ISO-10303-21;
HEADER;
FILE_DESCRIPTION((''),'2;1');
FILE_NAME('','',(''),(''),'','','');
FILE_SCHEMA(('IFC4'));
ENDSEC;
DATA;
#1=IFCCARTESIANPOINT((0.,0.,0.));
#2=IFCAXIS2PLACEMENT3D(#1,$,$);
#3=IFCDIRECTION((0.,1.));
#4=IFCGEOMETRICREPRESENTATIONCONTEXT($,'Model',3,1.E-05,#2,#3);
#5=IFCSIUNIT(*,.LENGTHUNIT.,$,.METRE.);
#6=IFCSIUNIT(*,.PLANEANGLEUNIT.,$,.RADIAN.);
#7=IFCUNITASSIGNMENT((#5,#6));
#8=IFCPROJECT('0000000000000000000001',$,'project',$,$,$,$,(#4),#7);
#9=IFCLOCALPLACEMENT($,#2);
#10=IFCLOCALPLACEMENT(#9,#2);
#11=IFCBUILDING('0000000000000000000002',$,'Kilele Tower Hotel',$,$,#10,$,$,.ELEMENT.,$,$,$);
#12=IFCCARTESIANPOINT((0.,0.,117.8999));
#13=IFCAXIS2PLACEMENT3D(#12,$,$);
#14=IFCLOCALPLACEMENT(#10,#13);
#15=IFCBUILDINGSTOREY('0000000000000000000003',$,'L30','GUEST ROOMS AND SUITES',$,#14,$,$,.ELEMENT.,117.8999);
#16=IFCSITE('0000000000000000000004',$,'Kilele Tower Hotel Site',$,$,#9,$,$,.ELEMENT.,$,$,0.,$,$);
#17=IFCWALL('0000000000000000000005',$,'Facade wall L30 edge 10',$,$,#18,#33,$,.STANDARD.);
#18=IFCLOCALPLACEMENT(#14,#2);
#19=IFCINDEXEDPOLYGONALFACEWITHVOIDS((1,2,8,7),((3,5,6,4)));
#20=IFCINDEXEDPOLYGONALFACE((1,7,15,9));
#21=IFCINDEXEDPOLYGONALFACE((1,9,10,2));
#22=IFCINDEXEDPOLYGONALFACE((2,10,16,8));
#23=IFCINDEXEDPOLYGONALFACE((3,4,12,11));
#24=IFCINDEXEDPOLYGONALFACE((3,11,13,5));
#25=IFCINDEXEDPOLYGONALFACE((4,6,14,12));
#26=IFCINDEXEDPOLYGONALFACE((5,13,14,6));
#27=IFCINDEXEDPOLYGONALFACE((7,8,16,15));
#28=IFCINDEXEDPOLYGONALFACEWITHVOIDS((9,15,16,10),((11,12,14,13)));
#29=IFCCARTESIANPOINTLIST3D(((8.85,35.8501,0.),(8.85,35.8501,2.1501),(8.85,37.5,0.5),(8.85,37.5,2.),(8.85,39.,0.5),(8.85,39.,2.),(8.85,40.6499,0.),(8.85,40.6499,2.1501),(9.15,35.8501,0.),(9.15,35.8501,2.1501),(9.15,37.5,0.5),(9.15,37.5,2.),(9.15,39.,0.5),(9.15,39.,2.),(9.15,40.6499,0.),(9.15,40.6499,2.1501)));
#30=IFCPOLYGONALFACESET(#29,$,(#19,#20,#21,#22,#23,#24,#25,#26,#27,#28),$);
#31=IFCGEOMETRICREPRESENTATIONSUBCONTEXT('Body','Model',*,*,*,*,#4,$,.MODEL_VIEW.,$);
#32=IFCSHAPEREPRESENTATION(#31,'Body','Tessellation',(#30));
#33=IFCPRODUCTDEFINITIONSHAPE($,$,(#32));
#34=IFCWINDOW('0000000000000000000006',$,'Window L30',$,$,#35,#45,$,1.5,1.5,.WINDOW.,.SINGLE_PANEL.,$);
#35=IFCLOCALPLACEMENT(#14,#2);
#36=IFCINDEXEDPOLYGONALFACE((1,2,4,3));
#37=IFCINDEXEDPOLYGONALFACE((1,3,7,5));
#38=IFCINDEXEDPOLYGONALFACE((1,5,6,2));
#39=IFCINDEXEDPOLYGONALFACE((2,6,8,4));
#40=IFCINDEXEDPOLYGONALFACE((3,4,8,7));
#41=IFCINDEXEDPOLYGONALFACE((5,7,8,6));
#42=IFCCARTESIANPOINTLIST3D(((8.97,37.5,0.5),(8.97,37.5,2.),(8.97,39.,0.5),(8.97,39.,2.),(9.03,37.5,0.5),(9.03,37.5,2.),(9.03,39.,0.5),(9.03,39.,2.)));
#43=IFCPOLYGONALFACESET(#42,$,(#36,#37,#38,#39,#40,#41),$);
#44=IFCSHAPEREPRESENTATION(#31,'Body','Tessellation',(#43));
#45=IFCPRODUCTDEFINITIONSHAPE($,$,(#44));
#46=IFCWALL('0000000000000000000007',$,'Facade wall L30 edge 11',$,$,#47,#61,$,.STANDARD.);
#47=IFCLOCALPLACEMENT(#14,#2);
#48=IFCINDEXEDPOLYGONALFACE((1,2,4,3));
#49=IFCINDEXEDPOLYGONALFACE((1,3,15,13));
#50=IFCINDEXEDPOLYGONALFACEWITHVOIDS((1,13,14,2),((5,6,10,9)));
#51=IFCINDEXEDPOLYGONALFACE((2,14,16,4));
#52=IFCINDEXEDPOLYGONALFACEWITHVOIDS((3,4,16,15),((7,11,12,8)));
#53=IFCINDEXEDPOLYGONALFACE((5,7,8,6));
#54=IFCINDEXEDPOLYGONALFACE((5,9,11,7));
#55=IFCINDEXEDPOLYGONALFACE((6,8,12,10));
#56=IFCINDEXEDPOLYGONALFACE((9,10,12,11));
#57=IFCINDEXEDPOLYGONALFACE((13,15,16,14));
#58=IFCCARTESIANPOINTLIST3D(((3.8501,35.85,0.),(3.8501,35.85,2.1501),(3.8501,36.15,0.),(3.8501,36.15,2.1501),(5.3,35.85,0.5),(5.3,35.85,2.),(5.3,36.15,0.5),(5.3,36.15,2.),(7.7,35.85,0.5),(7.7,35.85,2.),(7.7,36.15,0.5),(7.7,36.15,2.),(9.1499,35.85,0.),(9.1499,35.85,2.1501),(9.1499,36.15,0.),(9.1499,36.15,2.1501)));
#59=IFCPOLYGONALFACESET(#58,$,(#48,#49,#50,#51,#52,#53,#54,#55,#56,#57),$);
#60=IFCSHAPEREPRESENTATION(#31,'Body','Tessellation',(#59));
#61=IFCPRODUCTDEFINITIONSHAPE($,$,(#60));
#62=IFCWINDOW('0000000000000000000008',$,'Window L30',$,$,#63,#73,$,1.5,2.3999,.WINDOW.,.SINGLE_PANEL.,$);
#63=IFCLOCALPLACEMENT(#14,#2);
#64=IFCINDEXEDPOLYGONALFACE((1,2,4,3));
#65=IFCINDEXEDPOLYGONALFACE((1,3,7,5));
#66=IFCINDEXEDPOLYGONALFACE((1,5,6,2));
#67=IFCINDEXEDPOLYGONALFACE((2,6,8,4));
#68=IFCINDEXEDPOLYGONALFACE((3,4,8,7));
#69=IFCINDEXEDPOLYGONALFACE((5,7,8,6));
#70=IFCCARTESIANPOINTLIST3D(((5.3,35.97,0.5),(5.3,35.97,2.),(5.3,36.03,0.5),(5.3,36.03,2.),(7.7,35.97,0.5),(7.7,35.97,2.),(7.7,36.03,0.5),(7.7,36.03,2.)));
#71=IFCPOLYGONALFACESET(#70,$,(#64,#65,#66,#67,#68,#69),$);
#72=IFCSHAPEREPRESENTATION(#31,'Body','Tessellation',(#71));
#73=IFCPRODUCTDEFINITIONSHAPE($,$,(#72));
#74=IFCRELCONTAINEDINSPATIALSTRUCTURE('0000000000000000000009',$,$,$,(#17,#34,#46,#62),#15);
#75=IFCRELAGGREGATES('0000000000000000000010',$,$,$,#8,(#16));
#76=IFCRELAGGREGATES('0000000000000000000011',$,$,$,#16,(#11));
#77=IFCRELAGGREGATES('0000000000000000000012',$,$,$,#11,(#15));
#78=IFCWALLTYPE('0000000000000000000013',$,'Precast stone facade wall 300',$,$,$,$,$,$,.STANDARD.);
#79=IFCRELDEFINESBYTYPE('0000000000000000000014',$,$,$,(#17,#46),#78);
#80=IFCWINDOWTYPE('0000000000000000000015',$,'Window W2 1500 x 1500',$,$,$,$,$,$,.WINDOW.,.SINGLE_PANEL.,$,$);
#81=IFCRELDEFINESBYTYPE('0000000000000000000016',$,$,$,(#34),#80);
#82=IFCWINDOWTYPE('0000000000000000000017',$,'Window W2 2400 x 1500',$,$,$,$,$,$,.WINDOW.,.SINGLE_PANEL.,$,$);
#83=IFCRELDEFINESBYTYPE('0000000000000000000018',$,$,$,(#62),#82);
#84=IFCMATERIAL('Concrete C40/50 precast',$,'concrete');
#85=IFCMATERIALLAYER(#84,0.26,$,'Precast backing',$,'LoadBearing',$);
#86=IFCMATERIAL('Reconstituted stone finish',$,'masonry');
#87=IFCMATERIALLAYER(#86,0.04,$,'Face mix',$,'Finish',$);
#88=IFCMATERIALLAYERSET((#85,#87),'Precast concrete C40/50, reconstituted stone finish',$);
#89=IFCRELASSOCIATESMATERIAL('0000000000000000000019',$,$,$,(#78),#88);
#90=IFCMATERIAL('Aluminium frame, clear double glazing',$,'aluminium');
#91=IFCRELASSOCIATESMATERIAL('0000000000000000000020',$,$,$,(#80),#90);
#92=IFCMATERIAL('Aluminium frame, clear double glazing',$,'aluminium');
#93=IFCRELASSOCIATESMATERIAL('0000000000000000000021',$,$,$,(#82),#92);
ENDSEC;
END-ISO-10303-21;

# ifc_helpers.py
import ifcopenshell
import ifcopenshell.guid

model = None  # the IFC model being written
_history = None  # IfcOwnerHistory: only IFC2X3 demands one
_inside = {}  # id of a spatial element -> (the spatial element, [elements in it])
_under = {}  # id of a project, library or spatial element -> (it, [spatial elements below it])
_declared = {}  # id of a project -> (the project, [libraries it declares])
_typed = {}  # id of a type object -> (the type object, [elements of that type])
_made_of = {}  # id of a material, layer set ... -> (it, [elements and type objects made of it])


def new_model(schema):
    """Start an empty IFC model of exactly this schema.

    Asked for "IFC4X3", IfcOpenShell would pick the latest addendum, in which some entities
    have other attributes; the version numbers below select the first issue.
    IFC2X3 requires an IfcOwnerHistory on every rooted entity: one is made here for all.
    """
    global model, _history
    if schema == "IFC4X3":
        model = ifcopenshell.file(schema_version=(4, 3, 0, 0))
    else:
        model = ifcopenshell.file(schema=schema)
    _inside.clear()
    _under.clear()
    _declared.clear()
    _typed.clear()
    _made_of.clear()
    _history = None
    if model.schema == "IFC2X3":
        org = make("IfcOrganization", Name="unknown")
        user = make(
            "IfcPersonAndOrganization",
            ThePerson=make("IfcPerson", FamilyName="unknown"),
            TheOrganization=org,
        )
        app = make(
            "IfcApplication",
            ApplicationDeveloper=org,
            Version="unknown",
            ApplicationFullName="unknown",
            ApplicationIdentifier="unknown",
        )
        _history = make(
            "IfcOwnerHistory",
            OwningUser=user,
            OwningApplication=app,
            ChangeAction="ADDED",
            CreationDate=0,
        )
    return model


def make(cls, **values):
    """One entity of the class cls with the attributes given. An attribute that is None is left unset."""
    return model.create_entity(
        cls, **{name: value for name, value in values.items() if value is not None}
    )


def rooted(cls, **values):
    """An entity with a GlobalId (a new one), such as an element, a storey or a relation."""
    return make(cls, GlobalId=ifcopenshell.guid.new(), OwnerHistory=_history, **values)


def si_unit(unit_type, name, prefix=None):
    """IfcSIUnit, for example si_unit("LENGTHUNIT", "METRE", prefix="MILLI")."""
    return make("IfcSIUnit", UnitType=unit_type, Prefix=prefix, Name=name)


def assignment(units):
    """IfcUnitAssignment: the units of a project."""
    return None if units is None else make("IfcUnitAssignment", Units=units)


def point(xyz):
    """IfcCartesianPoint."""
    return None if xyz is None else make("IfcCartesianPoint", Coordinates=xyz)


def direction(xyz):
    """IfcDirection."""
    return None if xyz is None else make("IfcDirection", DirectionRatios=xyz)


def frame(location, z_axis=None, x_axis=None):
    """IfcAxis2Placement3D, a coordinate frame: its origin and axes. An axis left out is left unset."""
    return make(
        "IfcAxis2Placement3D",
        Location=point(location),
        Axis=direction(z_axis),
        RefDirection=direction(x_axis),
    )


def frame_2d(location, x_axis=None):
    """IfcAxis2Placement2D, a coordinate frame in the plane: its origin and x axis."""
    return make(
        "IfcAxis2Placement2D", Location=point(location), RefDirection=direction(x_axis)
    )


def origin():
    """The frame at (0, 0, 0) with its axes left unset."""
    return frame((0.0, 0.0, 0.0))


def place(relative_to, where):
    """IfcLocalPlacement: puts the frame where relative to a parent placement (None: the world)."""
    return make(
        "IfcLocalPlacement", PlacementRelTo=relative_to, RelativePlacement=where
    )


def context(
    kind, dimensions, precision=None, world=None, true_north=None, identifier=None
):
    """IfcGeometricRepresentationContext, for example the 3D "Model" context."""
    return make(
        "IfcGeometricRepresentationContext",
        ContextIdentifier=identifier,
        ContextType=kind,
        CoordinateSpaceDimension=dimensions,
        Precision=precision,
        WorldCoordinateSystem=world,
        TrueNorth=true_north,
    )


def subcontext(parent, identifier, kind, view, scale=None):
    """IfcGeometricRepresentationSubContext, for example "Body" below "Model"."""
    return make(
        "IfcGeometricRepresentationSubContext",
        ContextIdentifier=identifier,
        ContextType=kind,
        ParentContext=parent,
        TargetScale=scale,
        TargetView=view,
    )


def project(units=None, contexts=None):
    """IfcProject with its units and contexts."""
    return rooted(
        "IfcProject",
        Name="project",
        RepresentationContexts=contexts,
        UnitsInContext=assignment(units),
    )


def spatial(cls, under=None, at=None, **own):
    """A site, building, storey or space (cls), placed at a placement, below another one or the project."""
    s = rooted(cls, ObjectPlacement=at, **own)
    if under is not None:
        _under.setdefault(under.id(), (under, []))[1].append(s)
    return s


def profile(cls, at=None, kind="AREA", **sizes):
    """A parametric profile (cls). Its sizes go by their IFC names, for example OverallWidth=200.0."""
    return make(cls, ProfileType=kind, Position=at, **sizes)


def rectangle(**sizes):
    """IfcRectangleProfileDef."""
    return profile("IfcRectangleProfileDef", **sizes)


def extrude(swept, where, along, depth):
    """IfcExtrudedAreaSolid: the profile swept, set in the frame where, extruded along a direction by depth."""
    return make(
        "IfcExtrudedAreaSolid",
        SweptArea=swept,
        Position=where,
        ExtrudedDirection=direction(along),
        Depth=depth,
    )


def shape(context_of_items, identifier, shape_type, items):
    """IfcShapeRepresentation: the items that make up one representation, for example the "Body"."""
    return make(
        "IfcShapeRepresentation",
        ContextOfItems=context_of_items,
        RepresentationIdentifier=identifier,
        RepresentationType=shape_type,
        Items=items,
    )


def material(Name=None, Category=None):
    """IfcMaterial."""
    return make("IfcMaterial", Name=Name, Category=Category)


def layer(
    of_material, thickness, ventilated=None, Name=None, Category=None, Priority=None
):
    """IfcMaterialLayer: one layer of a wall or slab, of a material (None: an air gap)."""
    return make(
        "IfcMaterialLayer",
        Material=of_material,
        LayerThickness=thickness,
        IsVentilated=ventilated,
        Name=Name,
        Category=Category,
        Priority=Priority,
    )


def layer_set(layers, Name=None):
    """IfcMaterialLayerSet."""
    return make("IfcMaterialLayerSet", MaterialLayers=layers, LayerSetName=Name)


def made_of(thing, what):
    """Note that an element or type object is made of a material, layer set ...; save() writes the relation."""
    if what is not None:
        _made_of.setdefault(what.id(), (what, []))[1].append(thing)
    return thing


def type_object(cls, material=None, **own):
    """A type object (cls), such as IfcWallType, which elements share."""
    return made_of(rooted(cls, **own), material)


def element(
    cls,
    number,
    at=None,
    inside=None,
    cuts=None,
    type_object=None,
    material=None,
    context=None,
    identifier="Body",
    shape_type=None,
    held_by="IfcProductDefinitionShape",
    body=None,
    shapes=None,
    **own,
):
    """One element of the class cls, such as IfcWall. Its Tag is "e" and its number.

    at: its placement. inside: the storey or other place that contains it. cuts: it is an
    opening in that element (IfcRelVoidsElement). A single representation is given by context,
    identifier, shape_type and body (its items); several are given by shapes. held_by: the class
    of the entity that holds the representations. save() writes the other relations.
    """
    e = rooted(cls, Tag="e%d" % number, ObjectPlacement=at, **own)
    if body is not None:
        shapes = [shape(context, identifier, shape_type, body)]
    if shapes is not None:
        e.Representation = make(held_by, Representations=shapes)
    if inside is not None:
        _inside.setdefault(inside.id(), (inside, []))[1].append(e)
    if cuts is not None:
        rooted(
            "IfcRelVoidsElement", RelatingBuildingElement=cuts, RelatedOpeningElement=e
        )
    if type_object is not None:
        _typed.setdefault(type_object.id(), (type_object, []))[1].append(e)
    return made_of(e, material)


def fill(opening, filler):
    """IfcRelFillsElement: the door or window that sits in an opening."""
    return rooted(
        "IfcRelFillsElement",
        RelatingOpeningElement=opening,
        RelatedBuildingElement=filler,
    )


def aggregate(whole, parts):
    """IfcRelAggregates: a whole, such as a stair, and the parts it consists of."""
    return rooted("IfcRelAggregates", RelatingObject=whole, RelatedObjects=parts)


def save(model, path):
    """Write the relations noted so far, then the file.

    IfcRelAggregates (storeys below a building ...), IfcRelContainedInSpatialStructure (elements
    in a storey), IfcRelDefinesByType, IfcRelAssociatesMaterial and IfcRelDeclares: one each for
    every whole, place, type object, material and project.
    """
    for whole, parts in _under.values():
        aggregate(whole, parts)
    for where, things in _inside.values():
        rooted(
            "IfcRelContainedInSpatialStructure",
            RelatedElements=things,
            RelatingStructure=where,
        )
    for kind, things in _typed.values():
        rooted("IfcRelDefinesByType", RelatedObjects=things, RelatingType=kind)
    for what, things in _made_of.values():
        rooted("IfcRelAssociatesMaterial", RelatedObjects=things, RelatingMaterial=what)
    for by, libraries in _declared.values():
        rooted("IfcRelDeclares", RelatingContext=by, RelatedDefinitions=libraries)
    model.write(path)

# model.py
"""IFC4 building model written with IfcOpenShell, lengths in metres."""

from ifc_helpers import new_model, si_unit, direction, frame, frame_2d, origin, place, context, subcontext, project, spatial, rectangle, extrude, material, layer, layer_set, type_object, element, fill, save


model = new_model("IFC4")

# Units and contexts
model_context = context("Model", 3, precision=1e-05, world=origin(), true_north=direction((0.0, 1.0)))
body_context = subcontext(model_context, "Body", "Model", "MODEL_VIEW")
ifc_project = project(units=[si_unit("LENGTHUNIT", "METRE"), si_unit("PLANEANGLEUNIT", "RADIAN")], contexts=[model_context])

# Site, building, storey
site_placement = place(None, origin())
site = spatial("IfcSite", under=ifc_project, at=site_placement, Name="Kilele Tower Hotel Site", CompositionType="ELEMENT", RefElevation=0.0)
building_placement = place(site_placement, origin())
building = spatial("IfcBuilding", under=site, at=building_placement, Name="Kilele Tower Hotel", CompositionType="ELEMENT")
storey_placement = place(building_placement, frame((0.0, 0.0, 117.8999)))
storey = spatial("IfcBuildingStorey", under=building, at=storey_placement, Name="L30", Description="GUEST ROOMS AND SUITES", CompositionType="ELEMENT", Elevation=117.8999)

# Walls, openings, windows
ifc_material_1 = material(Name="Concrete C40/50 precast", Category="concrete")
ifc_layer_1 = layer(ifc_material_1, 0.26, Name="Precast backing", Category="LoadBearing")
ifc_material_2 = material(Name="Reconstituted stone finish", Category="masonry")
ifc_layer_2 = layer(ifc_material_2, 0.04, Name="Face mix", Category="Finish")
ifc_layer_set_1 = layer_set([ifc_layer_1, ifc_layer_2], Name="Precast concrete C40/50, reconstituted stone finish")
wall_type_1 = type_object("IfcWallType", Name="Precast stone facade wall 300", PredefinedType="STANDARD", material=ifc_layer_set_1)
wall_1_placement = place(storey_placement, frame((9.0, 40.6499, 0.0), z_axis=(0.0, 0.0, 1.0), x_axis=(0.0, -1.0, 0.0)))
wall_1 = element("IfcWall", 1, at=wall_1_placement, inside=storey, type_object=wall_type_1, Name="Facade wall L30 edge 10", PredefinedType="STANDARD", context=body_context, shape_type="SweptSolid", body=[
    extrude(rectangle(XDim=4.7998, YDim=0.3, at=frame_2d((2.3999, 0.0))), origin(), (0.0, 0.0, 1.0), 2.1501),
])
opening_1_placement = place(wall_1_placement, frame((1.6499, 0.0, 0.5)))
opening_1 = element("IfcOpeningElement", 2, at=opening_1_placement, cuts=wall_1, PredefinedType="OPENING", context=body_context, shape_type="SweptSolid", body=[
    extrude(rectangle(XDim=1.5, YDim=1.5, at=frame_2d((0.75, 0.75))), frame((0.0, 0.1599, 0.0), z_axis=(0.0, -1.0, 0.0), x_axis=(1.0, 0.0, 0.0)), (0.0, 0.0, 1.0), 0.3201),
])
ifc_material_3 = material(Name="Aluminium frame, clear double glazing", Category="aluminium")
window_type_1 = type_object("IfcWindowType", Name="Window W2 1500 x 1500", PartitioningType="SINGLE_PANEL", PredefinedType="WINDOW", material=ifc_material_3)
window_1_placement = place(opening_1_placement, origin())
window_1 = element("IfcWindow", 3, at=window_1_placement, inside=storey, type_object=window_type_1, Name="Window L30", OverallHeight=1.5, OverallWidth=1.5, PartitioningType="SINGLE_PANEL", PredefinedType="WINDOW", context=body_context, shape_type="SweptSolid", body=[
    extrude(rectangle(XDim=1.5, YDim=1.5, at=frame_2d((0.75, 0.75))), frame((0.0, 0.03, 0.0), z_axis=(0.0, -1.0, 0.0), x_axis=(1.0, 0.0, 0.0)), (0.0, 0.0, 1.0), 0.0601),
])
fill(opening_1, window_1)
wall_2_placement = place(storey_placement, frame((9.1499, 36.0, 0.0), z_axis=(0.0, 0.0, 1.0), x_axis=(-1.0, 0.0, 0.0)))
wall_2 = element("IfcWall", 4, at=wall_2_placement, inside=storey, type_object=wall_type_1, Name="Facade wall L30 edge 11", PredefinedType="STANDARD", context=body_context, shape_type="SweptSolid", body=[
    extrude(rectangle(XDim=5.2998, YDim=0.3, at=frame_2d((2.6499, 0.0))), origin(), (0.0, 0.0, 1.0), 2.1501),
])
opening_2_placement = place(wall_2_placement, frame((1.45, 0.0, 0.5)))
opening_2 = element("IfcOpeningElement", 5, at=opening_2_placement, cuts=wall_2, PredefinedType="OPENING", context=body_context, shape_type="SweptSolid", body=[
    extrude(rectangle(XDim=2.3999, YDim=1.5, at=frame_2d((1.2, 0.75))), frame((0.0, 0.1599, 0.0), z_axis=(0.0, -1.0, 0.0), x_axis=(1.0, 0.0, 0.0)), (0.0, 0.0, 1.0), 0.3201),
])
ifc_material_4 = material(Name="Aluminium frame, clear double glazing", Category="aluminium")
window_type_2 = type_object("IfcWindowType", Name="Window W2 2400 x 1500", PartitioningType="SINGLE_PANEL", PredefinedType="WINDOW", material=ifc_material_4)
window_2_placement = place(opening_2_placement, origin())
window_2 = element("IfcWindow", 6, at=window_2_placement, inside=storey, type_object=window_type_2, Name="Window L30", OverallHeight=1.5, OverallWidth=2.3999, PartitioningType="SINGLE_PANEL", PredefinedType="WINDOW", context=body_context, shape_type="SweptSolid", body=[
    extrude(rectangle(XDim=2.3999, YDim=1.5, at=frame_2d((1.2, 0.75))), frame((0.0, 0.03, 0.0), z_axis=(0.0, -1.0, 0.0), x_axis=(1.0, 0.0, 0.0)), (0.0, 0.0, 1.0), 0.0601),
])
fill(opening_2, window_2)

save(model, "model.ifc")
